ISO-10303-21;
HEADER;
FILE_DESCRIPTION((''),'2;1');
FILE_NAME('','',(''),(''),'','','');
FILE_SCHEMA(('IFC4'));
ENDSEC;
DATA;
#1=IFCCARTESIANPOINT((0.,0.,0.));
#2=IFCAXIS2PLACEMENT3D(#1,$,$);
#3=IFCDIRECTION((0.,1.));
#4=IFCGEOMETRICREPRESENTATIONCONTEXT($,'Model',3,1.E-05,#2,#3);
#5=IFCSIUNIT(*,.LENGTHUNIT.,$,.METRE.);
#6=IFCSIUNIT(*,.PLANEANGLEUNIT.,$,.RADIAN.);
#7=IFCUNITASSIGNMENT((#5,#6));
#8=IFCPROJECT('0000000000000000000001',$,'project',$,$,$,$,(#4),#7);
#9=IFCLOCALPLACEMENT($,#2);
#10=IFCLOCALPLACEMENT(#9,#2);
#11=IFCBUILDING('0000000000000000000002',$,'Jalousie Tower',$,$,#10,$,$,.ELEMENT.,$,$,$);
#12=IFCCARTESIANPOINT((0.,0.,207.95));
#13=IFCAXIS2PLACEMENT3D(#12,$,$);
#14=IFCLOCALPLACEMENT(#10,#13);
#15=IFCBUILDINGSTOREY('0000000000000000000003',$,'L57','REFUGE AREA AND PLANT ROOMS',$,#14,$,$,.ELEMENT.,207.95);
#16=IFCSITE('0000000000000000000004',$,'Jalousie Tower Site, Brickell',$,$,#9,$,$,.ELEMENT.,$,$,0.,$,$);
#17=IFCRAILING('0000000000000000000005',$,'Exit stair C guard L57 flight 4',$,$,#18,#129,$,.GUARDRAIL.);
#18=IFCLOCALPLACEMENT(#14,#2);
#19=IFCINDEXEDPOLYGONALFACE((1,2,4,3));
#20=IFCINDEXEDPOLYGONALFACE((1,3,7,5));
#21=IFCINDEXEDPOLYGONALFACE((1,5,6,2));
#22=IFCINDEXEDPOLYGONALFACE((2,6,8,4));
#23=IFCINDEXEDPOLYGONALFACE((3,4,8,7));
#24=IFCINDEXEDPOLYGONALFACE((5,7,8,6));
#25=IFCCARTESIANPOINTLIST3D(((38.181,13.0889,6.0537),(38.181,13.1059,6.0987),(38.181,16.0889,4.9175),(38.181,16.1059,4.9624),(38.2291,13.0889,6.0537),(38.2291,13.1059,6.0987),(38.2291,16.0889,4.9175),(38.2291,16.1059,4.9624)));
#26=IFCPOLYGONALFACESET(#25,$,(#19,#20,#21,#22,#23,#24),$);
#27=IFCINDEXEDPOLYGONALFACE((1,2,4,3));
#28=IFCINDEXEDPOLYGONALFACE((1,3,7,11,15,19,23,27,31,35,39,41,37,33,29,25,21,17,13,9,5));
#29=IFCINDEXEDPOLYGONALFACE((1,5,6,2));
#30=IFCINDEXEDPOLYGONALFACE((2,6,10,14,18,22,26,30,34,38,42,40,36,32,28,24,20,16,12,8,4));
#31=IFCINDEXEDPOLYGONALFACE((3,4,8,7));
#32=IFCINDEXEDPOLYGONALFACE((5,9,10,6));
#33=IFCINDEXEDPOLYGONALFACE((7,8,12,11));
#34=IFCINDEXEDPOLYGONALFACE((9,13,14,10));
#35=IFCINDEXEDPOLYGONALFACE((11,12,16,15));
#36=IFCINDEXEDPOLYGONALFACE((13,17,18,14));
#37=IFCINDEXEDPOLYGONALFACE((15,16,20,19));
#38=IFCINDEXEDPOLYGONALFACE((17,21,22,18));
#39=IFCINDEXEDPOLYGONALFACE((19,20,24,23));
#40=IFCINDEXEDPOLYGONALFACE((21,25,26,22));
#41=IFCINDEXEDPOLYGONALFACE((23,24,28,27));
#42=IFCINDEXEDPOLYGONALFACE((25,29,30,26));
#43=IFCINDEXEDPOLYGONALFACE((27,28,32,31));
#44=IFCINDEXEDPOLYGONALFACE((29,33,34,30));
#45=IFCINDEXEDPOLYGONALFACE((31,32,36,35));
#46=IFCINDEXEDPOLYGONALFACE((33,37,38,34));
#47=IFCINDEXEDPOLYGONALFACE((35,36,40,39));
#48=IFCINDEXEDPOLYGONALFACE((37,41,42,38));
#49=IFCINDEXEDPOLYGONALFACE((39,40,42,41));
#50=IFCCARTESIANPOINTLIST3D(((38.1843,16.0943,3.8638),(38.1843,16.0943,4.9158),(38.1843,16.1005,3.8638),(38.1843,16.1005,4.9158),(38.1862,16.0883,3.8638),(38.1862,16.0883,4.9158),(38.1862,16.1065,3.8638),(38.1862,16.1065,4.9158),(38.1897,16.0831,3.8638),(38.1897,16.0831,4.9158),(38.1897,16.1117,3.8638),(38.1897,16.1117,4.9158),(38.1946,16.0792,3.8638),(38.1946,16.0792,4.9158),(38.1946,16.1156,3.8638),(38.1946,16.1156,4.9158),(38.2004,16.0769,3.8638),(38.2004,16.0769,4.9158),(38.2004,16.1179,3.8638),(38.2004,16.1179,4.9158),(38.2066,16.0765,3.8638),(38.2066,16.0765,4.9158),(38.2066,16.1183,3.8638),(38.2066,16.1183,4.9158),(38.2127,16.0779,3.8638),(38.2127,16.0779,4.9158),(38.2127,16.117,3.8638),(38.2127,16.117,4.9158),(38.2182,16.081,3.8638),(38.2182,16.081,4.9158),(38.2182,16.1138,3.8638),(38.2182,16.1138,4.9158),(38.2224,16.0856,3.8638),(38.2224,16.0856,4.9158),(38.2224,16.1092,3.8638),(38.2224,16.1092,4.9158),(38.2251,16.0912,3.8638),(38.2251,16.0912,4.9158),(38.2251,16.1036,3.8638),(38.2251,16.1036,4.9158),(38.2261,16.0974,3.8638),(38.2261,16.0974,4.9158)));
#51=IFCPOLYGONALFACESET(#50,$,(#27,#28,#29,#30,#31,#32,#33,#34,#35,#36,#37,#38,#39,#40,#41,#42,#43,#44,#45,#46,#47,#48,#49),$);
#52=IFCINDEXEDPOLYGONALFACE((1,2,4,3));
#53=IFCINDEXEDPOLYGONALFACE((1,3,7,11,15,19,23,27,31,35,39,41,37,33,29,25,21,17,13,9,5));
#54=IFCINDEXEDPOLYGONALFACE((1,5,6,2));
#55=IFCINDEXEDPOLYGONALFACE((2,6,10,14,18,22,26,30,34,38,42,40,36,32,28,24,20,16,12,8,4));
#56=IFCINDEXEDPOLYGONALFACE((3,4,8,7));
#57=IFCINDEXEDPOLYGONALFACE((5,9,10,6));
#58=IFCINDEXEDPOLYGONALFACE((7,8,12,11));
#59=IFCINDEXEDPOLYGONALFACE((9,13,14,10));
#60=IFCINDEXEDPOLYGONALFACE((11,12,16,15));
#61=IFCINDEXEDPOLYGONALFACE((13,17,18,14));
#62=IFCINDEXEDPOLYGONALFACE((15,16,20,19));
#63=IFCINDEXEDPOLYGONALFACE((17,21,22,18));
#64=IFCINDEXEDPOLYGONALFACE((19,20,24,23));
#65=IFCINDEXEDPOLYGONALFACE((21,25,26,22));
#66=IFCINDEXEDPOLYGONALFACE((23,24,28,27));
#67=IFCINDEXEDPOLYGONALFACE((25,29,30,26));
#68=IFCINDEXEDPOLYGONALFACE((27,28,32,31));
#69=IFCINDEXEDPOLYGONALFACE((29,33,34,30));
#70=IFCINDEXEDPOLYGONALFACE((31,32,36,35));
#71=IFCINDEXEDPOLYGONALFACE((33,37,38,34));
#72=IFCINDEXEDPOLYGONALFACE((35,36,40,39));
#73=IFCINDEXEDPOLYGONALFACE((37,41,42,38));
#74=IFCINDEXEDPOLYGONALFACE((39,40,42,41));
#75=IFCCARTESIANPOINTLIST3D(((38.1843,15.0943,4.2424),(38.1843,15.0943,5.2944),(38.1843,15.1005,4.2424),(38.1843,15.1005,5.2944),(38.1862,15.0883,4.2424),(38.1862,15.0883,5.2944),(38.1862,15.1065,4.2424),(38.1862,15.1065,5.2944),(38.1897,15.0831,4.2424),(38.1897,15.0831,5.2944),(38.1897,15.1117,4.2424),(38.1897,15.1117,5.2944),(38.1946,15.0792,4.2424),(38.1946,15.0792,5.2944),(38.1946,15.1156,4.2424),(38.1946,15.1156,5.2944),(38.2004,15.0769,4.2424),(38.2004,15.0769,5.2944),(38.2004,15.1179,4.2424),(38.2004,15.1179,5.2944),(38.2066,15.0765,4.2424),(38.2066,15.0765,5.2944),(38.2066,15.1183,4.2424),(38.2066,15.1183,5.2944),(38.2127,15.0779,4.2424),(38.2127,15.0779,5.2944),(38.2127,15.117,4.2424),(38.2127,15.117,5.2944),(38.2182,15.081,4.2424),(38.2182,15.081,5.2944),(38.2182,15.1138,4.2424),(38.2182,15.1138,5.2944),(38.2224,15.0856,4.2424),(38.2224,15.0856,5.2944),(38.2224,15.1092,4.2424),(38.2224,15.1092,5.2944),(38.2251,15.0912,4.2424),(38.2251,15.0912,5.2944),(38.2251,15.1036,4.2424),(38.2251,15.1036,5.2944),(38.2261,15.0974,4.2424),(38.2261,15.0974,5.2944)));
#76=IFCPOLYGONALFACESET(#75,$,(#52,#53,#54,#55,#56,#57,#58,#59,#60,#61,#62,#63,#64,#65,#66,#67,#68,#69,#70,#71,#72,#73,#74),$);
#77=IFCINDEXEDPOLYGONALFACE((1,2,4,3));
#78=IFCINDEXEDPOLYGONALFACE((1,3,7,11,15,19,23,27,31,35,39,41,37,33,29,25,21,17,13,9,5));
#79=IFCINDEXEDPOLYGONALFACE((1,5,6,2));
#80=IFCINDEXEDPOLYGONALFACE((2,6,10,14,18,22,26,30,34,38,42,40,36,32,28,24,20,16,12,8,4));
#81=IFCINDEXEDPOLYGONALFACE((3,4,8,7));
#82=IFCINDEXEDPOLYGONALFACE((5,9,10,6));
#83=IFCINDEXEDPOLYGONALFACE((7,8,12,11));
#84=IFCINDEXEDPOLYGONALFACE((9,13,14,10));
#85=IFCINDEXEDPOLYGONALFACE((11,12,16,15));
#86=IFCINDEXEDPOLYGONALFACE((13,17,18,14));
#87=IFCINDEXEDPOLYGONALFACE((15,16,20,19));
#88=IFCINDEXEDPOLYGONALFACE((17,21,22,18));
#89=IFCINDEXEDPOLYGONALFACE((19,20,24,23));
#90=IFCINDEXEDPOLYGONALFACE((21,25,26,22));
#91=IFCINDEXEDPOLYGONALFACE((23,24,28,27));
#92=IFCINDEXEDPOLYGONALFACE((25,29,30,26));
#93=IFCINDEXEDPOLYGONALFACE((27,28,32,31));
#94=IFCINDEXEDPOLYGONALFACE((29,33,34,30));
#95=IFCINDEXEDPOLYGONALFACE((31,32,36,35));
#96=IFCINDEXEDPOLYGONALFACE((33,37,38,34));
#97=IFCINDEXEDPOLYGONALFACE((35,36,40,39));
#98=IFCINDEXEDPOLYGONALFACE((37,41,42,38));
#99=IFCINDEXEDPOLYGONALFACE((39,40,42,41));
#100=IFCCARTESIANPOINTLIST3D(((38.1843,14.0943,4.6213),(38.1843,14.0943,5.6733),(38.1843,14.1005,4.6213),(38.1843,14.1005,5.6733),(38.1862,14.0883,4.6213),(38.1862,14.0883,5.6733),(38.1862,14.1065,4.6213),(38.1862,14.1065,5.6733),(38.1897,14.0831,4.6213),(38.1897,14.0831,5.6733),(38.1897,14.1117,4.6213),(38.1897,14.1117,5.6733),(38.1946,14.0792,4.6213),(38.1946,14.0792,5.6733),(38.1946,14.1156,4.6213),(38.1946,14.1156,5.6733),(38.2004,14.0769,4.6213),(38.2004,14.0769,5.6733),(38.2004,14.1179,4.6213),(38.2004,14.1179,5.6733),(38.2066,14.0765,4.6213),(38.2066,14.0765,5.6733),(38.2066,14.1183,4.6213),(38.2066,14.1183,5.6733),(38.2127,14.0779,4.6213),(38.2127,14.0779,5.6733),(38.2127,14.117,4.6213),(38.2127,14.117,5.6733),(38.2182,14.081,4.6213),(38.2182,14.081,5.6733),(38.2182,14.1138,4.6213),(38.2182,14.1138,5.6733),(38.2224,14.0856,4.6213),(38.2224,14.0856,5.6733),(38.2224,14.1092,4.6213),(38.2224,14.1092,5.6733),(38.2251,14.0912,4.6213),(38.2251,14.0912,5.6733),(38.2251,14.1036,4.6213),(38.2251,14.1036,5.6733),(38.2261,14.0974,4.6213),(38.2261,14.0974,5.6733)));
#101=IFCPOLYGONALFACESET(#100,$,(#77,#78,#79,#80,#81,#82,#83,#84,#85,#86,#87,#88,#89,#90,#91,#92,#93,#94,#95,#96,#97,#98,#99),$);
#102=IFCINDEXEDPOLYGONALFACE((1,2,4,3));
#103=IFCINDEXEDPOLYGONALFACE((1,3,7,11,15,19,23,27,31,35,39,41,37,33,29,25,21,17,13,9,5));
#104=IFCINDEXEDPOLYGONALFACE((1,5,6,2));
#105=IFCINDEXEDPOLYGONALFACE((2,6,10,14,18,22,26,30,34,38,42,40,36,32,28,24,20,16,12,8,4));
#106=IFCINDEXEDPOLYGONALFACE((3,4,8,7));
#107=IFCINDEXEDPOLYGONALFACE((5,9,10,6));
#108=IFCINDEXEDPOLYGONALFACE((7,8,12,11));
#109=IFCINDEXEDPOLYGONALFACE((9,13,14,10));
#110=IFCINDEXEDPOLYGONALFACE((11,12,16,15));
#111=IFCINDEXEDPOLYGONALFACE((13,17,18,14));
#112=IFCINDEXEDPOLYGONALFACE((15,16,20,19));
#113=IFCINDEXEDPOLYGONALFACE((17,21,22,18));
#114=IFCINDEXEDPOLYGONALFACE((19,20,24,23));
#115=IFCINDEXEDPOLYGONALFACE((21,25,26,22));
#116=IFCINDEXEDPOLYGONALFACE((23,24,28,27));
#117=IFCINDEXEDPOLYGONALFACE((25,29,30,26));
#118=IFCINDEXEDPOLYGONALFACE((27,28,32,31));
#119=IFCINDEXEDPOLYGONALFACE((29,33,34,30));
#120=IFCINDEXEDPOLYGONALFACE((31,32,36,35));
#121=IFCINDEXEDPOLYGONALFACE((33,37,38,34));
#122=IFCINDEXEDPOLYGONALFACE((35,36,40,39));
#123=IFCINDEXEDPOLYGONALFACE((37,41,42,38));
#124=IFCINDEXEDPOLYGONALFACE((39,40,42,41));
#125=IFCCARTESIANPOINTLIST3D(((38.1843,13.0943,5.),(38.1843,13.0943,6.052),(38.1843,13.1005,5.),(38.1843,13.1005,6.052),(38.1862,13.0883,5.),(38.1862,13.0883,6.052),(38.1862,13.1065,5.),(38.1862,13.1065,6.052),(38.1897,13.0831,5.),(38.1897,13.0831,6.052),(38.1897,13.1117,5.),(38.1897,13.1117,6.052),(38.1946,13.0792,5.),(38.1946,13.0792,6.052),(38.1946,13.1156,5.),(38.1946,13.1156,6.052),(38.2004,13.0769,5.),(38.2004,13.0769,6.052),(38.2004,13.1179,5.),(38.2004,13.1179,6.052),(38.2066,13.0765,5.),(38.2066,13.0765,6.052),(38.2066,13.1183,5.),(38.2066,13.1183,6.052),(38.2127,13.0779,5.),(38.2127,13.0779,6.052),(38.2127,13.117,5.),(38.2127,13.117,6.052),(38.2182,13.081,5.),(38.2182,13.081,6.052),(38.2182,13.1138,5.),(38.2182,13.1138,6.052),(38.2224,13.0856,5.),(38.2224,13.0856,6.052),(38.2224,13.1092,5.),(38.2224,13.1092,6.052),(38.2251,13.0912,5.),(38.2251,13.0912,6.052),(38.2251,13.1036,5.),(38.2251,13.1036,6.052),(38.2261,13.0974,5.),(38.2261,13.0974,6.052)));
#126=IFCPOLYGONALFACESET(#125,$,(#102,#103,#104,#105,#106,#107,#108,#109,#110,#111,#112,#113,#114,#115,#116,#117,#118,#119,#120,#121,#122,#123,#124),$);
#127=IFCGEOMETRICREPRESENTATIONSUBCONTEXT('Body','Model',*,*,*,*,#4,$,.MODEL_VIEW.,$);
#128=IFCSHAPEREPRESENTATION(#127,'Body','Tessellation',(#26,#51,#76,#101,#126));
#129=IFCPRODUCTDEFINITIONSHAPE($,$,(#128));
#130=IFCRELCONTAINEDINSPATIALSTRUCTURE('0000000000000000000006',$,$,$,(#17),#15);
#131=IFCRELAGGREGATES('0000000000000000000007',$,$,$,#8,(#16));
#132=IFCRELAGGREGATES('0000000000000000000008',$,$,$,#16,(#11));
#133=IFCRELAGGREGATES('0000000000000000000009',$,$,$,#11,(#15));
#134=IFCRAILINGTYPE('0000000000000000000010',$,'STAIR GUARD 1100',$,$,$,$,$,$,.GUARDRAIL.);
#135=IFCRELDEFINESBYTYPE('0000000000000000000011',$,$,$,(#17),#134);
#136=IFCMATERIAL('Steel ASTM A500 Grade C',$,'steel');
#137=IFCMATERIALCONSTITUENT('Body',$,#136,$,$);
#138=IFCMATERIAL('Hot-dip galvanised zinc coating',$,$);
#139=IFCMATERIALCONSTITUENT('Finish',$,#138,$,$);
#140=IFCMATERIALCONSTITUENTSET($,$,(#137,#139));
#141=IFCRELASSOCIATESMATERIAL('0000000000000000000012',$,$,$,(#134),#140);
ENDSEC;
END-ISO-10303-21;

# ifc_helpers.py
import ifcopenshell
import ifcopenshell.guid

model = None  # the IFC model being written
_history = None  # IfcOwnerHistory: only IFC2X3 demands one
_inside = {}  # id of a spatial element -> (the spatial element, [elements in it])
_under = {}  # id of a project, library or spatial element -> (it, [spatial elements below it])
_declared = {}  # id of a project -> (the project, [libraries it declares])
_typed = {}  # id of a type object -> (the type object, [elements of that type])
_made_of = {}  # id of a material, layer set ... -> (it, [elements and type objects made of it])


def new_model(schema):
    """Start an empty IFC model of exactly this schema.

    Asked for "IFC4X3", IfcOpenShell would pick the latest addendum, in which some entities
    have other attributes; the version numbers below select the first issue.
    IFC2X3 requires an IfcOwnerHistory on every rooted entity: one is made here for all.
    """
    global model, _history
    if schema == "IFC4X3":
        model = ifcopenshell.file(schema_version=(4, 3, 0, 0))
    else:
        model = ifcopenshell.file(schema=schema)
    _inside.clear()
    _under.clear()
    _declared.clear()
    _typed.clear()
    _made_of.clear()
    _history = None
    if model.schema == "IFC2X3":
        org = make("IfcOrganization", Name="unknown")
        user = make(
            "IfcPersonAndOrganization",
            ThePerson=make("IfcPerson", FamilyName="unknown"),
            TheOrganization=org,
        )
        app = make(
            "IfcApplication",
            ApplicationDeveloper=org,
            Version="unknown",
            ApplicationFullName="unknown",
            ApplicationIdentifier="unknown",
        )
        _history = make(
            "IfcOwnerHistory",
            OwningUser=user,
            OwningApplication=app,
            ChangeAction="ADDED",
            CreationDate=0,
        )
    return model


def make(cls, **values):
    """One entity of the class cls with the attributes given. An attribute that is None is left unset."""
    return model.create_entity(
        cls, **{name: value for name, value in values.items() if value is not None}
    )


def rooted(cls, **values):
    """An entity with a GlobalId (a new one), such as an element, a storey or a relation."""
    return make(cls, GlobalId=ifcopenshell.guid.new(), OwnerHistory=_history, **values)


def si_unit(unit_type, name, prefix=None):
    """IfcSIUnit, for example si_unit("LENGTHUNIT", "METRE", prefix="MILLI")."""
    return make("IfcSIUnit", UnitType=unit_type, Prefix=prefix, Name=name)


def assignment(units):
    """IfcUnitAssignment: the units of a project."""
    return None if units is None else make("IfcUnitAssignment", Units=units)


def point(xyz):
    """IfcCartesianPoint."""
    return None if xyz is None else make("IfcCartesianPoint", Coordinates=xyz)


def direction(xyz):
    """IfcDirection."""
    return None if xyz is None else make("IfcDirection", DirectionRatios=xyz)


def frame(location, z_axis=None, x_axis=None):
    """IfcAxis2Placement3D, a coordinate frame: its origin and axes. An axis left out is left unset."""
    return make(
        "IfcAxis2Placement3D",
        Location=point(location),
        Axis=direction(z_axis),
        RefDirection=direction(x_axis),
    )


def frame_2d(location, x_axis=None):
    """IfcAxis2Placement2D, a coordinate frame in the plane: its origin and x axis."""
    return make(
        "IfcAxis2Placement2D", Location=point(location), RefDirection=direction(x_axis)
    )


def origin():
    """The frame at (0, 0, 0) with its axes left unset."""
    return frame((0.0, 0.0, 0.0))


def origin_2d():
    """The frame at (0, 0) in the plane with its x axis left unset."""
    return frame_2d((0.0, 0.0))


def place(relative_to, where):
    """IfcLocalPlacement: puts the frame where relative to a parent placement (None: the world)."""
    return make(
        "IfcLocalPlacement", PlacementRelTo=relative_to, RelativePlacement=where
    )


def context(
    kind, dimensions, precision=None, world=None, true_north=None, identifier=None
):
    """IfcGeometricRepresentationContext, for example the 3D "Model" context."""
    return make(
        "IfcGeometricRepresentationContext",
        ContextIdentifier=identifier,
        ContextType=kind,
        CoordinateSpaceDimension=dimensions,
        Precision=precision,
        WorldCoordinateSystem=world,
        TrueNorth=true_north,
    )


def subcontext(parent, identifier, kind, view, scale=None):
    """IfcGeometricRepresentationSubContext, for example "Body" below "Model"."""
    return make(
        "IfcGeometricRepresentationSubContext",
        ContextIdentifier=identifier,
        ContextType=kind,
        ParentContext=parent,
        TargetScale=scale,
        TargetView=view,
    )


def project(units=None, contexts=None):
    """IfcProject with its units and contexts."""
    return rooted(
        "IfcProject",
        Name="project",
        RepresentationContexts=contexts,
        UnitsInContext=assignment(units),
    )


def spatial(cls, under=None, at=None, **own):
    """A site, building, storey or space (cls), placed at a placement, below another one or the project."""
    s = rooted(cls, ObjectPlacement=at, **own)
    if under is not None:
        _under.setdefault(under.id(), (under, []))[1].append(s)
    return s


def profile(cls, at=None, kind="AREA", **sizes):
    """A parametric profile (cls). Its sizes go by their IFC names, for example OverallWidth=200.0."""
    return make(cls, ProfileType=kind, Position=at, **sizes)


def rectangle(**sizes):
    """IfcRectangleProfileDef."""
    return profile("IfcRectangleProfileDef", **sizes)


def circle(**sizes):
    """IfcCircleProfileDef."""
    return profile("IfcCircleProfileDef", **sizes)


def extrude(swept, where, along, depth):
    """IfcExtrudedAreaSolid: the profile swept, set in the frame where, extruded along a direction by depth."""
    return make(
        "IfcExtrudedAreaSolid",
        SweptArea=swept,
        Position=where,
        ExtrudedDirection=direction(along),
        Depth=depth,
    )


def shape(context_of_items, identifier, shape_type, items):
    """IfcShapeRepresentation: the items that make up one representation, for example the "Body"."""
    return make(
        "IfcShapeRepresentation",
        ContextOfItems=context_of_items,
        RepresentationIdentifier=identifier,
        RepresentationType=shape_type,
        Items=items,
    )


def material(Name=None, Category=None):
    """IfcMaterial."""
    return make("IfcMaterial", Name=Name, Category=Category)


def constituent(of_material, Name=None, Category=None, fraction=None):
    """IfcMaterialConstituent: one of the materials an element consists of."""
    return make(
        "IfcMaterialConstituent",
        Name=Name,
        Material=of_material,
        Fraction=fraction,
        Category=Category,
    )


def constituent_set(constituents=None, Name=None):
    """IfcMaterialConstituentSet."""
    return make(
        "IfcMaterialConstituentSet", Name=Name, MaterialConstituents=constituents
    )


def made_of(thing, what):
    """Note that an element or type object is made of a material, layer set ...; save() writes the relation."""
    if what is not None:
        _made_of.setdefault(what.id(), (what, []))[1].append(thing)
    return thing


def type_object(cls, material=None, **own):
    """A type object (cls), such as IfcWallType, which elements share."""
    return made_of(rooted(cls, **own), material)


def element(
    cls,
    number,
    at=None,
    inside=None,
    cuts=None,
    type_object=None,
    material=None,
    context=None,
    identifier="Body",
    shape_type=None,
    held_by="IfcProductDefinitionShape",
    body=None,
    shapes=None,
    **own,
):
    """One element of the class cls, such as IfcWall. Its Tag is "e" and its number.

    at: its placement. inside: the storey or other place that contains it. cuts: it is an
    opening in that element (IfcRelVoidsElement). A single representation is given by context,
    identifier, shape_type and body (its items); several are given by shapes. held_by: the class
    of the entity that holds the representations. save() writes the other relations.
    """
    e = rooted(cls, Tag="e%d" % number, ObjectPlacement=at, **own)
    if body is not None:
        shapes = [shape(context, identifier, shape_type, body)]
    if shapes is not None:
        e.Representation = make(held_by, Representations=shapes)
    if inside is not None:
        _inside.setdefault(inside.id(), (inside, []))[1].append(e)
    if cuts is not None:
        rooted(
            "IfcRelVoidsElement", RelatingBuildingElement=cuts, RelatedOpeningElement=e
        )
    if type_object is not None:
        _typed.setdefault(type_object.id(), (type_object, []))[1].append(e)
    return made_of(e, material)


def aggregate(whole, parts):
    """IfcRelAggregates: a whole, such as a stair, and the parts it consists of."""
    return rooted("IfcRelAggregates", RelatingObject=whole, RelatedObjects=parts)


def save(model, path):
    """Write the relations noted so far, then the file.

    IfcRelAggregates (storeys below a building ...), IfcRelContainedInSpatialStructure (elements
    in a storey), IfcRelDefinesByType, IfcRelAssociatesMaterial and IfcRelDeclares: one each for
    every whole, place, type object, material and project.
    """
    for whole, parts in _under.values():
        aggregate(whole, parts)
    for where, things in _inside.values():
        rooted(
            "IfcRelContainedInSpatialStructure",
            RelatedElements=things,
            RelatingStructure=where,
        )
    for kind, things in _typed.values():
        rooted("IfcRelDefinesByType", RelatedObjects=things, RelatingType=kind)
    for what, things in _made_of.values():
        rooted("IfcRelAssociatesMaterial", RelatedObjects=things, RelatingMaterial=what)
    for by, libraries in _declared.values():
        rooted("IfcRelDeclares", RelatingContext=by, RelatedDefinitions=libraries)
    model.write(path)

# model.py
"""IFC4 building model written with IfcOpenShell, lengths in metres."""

from ifc_helpers import new_model, si_unit, direction, frame, origin, origin_2d, place, context, subcontext, project, spatial, rectangle, circle, extrude, material, constituent, constituent_set, type_object, element, save


model = new_model("IFC4")

# Units and contexts
model_context = context("Model", 3, precision=1e-05, world=origin(), true_north=direction((0.0, 1.0)))
body_context = subcontext(model_context, "Body", "Model", "MODEL_VIEW")
ifc_project = project(units=[si_unit("LENGTHUNIT", "METRE"), si_unit("PLANEANGLEUNIT", "RADIAN")], contexts=[model_context])

# Site, building, storey
site_placement = place(None, origin())
site = spatial("IfcSite", under=ifc_project, at=site_placement, Name="Jalousie Tower Site, Brickell", CompositionType="ELEMENT", RefElevation=0.0)
building_placement = place(site_placement, origin())
building = spatial("IfcBuilding", under=site, at=building_placement, Name="Jalousie Tower", CompositionType="ELEMENT")
storey_placement = place(building_placement, frame((0.0, 0.0, 207.95)))
storey = spatial("IfcBuildingStorey", under=building, at=storey_placement, Name="L57", Description="REFUGE AREA AND PLANT ROOMS", CompositionType="ELEMENT", Elevation=207.95)

# Railing
ifc_material_1 = material(Name="Steel ASTM A500 Grade C", Category="steel")
ifc_constituent_1 = constituent(ifc_material_1, Name="Body")
ifc_material_2 = material(Name="Hot-dip galvanised zinc coating")
ifc_constituent_2 = constituent(ifc_material_2, Name="Finish")
ifc_constituent_set_1 = constituent_set(constituents=[ifc_constituent_1, ifc_constituent_2])
railing_type_1 = type_object("IfcRailingType", Name="STAIR GUARD 1100", PredefinedType="GUARDRAIL", material=ifc_constituent_set_1)
railing_1_placement = place(storey_placement, frame((38.2051, 16.0974, 3.8638)))
element("IfcRailing", 1, at=railing_1_placement, inside=storey, type_object=railing_type_1, Name="Exit stair C guard L57 flight 4", PredefinedType="GUARDRAIL", context=body_context, shape_type="SweptSolid", body=[
    extrude(rectangle(XDim=0.0481, YDim=0.0481, at=origin_2d()), frame((0.0, 0.0, 1.0762), z_axis=(0.0, -0.935173, 0.354191), x_axis=(1.0, 0.0, 0.0)), (0.0, 0.0, 1.0), 3.208),
    extrude(circle(Radius=0.021, at=origin_2d()), origin(), (0.0, 0.0, 1.0), 1.052),
    extrude(circle(Radius=0.021, at=origin_2d()), frame((0.0, -1.0, 0.3787)), (0.0, 0.0, 1.0), 1.052),
    extrude(circle(Radius=0.021, at=origin_2d()), frame((0.0, -2.0, 0.7576)), (0.0, 0.0, 1.0), 1.052),
    extrude(circle(Radius=0.021, at=origin_2d()), frame((0.0, -3.0, 1.1362)), (0.0, 0.0, 1.0), 1.052),
])

save(model, "model.ifc")
